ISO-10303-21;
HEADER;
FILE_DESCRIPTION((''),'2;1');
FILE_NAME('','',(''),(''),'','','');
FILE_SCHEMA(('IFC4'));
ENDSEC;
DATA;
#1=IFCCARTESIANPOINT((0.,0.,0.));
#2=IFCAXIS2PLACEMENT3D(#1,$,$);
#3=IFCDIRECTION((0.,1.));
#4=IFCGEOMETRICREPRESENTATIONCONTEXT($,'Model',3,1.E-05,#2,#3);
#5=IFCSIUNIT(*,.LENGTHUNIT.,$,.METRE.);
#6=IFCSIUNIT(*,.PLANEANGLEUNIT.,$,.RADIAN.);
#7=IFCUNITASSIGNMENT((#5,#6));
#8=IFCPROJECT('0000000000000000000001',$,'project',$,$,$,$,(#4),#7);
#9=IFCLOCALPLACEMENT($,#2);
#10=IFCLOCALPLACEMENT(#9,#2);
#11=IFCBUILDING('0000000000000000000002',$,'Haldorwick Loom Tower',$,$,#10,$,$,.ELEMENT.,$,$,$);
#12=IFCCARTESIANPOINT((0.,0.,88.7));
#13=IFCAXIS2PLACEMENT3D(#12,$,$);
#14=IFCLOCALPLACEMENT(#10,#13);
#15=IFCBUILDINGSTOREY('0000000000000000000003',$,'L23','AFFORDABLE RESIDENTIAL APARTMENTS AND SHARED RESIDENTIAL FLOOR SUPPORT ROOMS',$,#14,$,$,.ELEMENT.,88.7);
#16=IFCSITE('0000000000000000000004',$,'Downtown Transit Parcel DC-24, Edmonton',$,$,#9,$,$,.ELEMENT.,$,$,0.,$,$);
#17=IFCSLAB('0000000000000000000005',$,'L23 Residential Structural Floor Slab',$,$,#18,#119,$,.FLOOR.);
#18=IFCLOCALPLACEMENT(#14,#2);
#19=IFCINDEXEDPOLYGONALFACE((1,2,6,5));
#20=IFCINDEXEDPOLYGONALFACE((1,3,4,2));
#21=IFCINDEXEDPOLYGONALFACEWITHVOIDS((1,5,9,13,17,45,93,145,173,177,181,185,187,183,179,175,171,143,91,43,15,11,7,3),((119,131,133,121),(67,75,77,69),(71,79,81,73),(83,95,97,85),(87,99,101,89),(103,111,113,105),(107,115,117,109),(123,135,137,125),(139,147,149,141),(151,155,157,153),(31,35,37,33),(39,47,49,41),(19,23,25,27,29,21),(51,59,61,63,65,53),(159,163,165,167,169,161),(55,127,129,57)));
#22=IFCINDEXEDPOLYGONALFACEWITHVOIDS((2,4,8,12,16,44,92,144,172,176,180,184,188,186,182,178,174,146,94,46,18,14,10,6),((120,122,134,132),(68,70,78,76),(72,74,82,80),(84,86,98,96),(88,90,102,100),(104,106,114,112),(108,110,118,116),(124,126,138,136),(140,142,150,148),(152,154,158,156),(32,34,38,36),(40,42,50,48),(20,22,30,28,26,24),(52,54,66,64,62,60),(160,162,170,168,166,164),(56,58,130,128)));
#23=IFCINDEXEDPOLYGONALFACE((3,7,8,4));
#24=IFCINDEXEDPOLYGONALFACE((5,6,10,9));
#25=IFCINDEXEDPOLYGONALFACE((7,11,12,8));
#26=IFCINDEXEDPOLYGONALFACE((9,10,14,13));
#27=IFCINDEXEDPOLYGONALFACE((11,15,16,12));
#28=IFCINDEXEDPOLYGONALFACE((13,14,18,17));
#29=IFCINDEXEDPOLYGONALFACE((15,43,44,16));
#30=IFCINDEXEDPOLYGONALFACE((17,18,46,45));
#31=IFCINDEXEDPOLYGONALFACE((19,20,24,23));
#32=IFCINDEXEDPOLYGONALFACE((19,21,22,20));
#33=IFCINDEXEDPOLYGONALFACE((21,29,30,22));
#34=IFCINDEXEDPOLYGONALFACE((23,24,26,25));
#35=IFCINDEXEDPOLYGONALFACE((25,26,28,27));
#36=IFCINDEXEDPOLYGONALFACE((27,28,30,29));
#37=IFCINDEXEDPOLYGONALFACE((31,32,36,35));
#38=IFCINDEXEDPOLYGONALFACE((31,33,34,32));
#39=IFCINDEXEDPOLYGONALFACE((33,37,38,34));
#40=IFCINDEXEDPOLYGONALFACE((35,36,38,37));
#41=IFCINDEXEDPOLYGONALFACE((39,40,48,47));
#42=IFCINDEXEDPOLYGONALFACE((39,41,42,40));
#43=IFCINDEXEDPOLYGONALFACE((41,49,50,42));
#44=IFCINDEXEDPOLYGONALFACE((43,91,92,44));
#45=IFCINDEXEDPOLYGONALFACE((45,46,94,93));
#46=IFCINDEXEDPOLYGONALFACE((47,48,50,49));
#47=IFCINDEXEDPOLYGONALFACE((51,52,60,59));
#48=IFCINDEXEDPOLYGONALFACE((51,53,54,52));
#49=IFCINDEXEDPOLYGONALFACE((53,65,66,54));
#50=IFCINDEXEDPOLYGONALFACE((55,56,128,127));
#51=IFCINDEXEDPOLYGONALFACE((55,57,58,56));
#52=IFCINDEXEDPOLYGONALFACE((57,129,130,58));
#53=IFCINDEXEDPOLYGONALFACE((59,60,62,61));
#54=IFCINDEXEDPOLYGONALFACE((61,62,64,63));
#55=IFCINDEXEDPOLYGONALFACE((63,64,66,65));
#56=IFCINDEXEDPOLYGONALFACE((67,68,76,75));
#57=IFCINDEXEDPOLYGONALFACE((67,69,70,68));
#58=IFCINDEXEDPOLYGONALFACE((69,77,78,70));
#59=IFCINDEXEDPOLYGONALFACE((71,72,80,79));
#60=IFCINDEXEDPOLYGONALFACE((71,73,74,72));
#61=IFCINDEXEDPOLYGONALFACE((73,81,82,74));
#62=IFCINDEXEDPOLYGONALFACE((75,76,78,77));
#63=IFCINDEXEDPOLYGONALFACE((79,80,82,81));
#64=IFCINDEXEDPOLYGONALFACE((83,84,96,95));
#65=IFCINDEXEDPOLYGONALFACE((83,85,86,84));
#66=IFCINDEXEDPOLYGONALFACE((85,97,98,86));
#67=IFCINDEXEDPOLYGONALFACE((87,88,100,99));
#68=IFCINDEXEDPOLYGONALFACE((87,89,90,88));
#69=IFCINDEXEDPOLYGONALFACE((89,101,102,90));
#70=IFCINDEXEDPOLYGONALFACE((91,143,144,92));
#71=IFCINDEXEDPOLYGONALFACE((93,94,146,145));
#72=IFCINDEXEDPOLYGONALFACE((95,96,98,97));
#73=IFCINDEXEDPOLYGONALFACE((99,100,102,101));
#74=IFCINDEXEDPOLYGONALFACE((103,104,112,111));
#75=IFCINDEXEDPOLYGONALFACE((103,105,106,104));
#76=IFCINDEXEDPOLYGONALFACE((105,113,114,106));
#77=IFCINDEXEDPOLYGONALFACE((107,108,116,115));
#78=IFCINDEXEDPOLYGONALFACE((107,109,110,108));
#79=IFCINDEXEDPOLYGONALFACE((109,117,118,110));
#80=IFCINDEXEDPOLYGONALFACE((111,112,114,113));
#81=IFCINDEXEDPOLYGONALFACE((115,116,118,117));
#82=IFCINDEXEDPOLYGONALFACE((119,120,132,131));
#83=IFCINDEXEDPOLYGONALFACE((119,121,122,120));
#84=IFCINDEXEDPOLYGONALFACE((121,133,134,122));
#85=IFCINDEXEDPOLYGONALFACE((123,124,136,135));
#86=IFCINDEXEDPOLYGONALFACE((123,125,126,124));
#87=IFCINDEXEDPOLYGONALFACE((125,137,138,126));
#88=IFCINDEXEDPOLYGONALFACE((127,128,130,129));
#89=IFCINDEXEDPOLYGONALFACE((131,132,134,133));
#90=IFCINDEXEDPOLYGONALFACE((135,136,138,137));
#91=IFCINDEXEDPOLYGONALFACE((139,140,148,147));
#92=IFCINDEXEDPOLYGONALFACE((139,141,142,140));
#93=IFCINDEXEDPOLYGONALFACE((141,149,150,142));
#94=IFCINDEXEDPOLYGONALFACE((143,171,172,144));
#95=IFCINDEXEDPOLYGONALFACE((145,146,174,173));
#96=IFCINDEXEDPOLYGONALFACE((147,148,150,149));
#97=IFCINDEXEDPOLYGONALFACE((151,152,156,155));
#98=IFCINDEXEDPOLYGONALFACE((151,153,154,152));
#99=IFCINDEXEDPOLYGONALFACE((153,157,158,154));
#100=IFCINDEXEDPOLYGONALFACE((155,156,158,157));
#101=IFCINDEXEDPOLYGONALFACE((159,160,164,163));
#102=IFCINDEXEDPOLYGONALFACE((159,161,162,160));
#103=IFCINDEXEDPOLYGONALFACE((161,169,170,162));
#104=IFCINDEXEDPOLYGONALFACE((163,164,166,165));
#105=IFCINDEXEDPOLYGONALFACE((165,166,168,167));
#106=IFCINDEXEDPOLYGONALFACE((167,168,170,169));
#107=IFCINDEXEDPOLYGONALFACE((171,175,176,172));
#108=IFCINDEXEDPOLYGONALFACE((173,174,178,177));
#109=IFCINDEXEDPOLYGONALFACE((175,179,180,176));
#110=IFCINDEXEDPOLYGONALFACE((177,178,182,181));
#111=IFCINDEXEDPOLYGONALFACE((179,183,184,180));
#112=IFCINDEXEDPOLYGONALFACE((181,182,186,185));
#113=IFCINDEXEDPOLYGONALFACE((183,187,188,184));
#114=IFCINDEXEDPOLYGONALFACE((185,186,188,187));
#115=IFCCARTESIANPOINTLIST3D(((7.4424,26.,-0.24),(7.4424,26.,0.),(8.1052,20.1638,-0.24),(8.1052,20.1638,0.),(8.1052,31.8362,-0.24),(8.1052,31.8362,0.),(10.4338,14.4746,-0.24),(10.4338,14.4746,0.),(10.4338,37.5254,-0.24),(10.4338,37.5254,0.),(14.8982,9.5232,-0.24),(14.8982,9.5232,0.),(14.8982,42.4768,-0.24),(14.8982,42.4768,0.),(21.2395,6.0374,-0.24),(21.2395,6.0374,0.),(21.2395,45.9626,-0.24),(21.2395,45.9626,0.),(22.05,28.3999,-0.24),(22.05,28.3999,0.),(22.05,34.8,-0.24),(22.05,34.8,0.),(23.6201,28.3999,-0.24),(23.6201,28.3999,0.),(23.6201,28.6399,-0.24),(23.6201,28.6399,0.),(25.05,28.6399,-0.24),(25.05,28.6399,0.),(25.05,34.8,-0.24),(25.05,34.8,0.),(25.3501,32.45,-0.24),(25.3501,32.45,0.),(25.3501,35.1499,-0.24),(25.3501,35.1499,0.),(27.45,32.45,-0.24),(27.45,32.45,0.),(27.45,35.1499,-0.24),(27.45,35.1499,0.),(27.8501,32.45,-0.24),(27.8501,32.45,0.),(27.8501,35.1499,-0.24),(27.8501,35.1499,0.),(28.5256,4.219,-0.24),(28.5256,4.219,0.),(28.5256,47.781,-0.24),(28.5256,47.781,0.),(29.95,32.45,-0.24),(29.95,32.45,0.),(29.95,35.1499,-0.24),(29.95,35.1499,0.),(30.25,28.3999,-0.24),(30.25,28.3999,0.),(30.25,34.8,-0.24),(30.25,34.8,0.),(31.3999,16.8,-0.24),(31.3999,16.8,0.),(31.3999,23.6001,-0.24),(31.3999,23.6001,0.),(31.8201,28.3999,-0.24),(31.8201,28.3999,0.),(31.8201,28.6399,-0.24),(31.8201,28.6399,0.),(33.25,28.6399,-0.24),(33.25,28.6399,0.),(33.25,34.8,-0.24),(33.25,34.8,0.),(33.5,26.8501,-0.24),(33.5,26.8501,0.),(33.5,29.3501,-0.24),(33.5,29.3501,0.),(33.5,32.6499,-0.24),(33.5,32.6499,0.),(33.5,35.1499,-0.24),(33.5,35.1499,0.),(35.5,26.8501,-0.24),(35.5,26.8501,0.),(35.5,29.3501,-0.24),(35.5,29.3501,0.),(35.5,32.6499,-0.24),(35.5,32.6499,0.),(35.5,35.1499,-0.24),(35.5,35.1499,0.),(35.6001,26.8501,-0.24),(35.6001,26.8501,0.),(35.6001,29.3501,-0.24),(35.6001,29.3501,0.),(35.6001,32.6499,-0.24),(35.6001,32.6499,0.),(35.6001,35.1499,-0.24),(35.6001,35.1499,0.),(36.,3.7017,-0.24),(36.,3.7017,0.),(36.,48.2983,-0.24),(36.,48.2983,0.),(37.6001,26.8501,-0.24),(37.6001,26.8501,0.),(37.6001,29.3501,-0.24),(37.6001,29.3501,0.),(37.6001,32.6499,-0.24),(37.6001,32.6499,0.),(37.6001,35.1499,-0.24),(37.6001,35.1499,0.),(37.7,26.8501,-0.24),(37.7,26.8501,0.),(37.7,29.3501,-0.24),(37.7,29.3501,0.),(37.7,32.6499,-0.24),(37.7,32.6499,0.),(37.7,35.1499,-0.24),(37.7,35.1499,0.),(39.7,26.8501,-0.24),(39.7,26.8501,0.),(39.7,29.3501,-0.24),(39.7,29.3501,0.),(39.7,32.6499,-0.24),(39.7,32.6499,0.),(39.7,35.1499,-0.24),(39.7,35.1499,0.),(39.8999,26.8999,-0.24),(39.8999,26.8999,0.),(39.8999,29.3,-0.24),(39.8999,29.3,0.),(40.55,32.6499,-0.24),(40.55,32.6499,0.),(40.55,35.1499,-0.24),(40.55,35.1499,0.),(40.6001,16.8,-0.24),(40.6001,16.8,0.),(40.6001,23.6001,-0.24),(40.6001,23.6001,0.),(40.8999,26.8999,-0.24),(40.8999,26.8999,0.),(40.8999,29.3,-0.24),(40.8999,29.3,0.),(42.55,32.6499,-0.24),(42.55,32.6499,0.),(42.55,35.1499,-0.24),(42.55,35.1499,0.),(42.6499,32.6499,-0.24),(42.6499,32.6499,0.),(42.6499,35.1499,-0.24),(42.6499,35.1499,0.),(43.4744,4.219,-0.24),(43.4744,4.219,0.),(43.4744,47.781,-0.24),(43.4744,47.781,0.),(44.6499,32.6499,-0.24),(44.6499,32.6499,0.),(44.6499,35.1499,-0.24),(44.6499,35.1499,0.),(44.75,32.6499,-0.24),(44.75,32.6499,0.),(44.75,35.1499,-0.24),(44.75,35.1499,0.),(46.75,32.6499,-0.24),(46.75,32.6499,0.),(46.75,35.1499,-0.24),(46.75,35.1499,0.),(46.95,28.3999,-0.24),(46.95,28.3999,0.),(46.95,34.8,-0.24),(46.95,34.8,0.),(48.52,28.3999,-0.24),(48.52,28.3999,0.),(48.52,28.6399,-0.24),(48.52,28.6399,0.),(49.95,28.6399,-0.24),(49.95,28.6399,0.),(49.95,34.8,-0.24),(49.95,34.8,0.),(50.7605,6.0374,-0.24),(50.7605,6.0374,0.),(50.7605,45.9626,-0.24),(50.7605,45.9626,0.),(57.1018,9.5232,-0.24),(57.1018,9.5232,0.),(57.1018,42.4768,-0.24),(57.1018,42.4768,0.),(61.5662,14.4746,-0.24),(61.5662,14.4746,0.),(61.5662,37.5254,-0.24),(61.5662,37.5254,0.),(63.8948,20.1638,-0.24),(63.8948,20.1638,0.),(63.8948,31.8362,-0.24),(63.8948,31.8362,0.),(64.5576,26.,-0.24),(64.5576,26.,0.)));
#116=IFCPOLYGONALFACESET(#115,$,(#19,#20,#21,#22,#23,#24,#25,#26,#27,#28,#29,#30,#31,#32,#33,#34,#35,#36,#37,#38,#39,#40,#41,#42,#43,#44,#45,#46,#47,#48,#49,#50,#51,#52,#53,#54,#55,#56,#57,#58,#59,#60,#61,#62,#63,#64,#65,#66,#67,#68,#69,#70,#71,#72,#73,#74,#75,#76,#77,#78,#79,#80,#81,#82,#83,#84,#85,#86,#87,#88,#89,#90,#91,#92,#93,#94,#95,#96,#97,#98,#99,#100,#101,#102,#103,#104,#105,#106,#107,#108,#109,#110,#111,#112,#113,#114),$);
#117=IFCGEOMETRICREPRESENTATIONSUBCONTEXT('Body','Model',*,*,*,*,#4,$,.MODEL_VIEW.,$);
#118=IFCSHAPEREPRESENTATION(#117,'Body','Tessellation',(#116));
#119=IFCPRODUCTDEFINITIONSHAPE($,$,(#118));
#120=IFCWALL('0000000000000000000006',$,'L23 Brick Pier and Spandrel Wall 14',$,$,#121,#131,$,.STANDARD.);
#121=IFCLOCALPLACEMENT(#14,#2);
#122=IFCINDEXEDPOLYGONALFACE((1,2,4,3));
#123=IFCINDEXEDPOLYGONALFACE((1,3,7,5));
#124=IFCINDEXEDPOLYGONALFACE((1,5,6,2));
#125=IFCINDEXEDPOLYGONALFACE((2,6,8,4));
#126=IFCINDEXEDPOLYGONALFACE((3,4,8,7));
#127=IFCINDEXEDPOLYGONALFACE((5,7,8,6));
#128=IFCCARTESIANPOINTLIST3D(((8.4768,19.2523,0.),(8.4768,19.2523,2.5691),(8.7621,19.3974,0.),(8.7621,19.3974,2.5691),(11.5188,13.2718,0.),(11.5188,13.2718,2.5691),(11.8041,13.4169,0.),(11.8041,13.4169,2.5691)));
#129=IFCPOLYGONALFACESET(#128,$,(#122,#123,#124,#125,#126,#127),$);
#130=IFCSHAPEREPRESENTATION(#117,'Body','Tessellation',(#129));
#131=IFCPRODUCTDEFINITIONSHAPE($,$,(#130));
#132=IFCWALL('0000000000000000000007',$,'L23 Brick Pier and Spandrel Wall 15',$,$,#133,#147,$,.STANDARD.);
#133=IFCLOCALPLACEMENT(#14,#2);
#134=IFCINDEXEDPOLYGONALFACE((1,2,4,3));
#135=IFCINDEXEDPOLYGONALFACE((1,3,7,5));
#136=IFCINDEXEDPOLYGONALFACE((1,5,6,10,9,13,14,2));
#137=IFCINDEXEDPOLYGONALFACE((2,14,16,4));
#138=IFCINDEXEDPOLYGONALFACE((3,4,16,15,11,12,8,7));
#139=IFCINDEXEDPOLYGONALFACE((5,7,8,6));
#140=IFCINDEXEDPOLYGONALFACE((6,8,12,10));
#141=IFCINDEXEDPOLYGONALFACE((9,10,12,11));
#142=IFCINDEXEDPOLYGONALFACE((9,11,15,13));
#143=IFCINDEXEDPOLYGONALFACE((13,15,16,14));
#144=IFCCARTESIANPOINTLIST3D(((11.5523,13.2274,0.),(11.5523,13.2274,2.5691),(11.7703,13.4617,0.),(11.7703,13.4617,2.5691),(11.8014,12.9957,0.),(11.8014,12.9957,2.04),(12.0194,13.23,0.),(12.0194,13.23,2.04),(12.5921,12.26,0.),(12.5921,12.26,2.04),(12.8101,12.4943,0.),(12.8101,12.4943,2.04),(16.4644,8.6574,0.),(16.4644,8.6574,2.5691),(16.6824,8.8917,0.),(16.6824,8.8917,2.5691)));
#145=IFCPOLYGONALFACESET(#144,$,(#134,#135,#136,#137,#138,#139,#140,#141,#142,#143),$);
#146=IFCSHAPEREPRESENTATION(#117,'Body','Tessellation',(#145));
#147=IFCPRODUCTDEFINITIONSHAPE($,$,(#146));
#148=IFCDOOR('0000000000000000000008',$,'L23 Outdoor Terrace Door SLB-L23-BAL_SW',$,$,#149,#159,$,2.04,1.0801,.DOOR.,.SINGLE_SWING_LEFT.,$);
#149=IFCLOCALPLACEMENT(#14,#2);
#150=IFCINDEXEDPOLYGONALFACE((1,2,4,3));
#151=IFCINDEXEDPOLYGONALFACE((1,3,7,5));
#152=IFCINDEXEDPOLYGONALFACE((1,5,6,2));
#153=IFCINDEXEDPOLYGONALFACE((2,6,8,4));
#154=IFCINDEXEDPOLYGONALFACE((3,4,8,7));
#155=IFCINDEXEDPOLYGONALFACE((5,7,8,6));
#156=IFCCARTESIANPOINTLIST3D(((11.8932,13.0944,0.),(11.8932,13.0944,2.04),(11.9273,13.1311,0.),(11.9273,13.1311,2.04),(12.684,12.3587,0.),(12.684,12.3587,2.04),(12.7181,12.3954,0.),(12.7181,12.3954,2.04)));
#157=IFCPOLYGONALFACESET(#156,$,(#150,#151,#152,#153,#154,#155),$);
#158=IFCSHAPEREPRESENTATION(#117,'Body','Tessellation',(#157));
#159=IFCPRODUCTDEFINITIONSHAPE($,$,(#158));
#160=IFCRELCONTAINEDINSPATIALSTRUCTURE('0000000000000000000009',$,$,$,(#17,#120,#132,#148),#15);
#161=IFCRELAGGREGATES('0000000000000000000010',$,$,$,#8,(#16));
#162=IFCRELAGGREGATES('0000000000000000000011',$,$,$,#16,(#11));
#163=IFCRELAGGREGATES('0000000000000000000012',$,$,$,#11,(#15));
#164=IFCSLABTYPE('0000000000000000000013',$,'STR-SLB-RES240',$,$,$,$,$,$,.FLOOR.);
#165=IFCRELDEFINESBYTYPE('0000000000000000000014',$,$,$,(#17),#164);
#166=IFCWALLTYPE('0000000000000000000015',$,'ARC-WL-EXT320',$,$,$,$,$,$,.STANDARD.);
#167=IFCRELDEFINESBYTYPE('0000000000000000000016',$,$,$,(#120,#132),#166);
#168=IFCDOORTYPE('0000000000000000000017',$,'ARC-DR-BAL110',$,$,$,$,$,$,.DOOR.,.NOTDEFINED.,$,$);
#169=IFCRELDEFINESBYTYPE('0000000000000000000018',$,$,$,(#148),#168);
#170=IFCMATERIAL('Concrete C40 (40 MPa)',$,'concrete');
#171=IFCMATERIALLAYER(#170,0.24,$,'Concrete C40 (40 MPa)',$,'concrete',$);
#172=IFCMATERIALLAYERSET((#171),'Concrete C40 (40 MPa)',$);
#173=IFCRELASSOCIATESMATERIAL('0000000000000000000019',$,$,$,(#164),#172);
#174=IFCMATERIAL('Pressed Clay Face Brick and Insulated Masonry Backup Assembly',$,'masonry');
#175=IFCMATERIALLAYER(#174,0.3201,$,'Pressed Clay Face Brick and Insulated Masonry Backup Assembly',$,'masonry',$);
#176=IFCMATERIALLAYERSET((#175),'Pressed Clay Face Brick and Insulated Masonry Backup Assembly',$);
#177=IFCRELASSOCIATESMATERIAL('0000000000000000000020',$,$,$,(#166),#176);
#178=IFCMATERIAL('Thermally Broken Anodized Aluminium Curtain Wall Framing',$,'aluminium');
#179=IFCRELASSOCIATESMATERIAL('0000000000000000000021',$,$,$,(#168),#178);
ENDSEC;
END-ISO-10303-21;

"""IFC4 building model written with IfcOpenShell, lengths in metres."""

from ifc_helpers import new_model, si_unit, direction, frame, frame_2d, origin, place, context, subcontext, project, spatial, polyline, rectangle, outline, extrude, material, layer, layer_set, type_object, element, fill, save


model = new_model("IFC4")

# Units and contexts
model_context = context("Model", 3, precision=1e-05, world=origin(), true_north=direction((0.0, 1.0)))
body_context = subcontext(model_context, "Body", "Model", "MODEL_VIEW")
ifc_project = project(units=[si_unit("LENGTHUNIT", "METRE"), si_unit("PLANEANGLEUNIT", "RADIAN")], contexts=[model_context])

# Site, building, storey
site_placement = place(None, origin())
site = spatial("IfcSite", under=ifc_project, at=site_placement, Name="Downtown Transit Parcel DC-24, Edmonton", CompositionType="ELEMENT", RefElevation=0.0)
building_placement = place(site_placement, origin())
building = spatial("IfcBuilding", under=site, at=building_placement, Name="Haldorwick Loom Tower", CompositionType="ELEMENT")
storey_placement = place(building_placement, frame((0.0, 0.0, 88.7)))
storey = spatial("IfcBuildingStorey", under=building, at=storey_placement, Name="L23", Description="AFFORDABLE RESIDENTIAL APARTMENTS AND SHARED RESIDENTIAL FLOOR SUPPORT ROOMS", CompositionType="ELEMENT", Elevation=88.7)

# Shared definitions
ifc_material_1 = material(Name="Concrete C40 (40 MPa)", Category="concrete")

# Slab
ifc_layer_1 = layer(ifc_material_1, 0.24, Name="Concrete C40 (40 MPa)", Category="concrete")
ifc_layer_set_1 = layer_set([ifc_layer_1], Name="Concrete C40 (40 MPa)")
slab_type_1 = type_object("IfcSlabType", Name="STR-SLB-RES240", PredefinedType="FLOOR", material=ifc_layer_set_1)
slab_1_placement = place(storey_placement, frame((0.0, 0.0, -0.24)))
element("IfcSlab", 1, at=slab_1_placement, inside=storey, type_object=slab_type_1, Name="L23 Residential Structural Floor Slab", PredefinedType="FLOOR", context=body_context, shape_type="SweptSolid", body=[
    extrude(outline(polyline([(57.1018, 9.5232), (61.5662, 14.4746), (63.8948, 20.1638), (64.5576, 26.0), (63.8948, 31.8362), (61.5662, 37.5254), (57.1018, 42.4768), (50.7605, 45.9626), (43.4744, 47.781), (36.0, 48.2983), (28.5256, 47.781), (21.2395, 45.9626), (14.8982, 42.4768), (10.4338, 37.5254), (8.1052, 31.8362), (7.4424, 26.0), (8.1052, 20.1638), (10.4338, 14.4746), (14.8982, 9.5232), (21.2395, 6.0374), (28.5256, 4.219), (36.0, 3.7017), (43.4744, 4.219), (50.7605, 6.0374), (57.1018, 9.5232)]), holes=[polyline([(31.3999, 23.6001), (40.6001, 23.6001), (40.6001, 16.8), (31.3999, 16.8), (31.3999, 23.6001)]), polyline([(33.5, 26.8501), (33.5, 29.3501), (35.5, 29.3501), (35.5, 26.8501), (33.5, 26.8501)]), polyline([(22.05, 28.3999), (22.05, 34.8), (25.05, 34.8), (25.05, 28.6399), (23.6201, 28.6399), (23.6201, 28.3999), (22.05, 28.3999)]), polyline([(30.25, 28.3999), (30.25, 34.8), (33.25, 34.8), (33.25, 28.6399), (31.8201, 28.6399), (31.8201, 28.3999), (30.25, 28.3999)]), polyline([(25.3501, 32.45), (25.3501, 35.1499), (27.45, 35.1499), (27.45, 32.45), (25.3501, 32.45)]), polyline([(27.8501, 32.45), (27.8501, 35.1499), (29.95, 35.1499), (29.95, 32.45), (27.8501, 32.45)]), polyline([(33.5, 32.6499), (33.5, 35.1499), (35.5, 35.1499), (35.5, 32.6499), (33.5, 32.6499)]), polyline([(35.6001, 32.6499), (35.6001, 35.1499), (37.6001, 35.1499), (37.6001, 32.6499), (35.6001, 32.6499)]), polyline([(35.6001, 26.8501), (35.6001, 29.3501), (37.6001, 29.3501), (37.6001, 26.8501), (35.6001, 26.8501)]), polyline([(37.7, 26.8501), (37.7, 29.3501), (39.7, 29.3501), (39.7, 26.8501), (37.7, 26.8501)]), polyline([(39.8999, 26.8999), (39.8999, 29.3), (40.8999, 29.3), (40.8999, 26.8999), (39.8999, 26.8999)]), polyline([(46.95, 28.3999), (46.95, 34.8), (49.95, 34.8), (49.95, 28.6399), (48.52, 28.6399), (48.52, 28.3999), (46.95, 28.3999)]), polyline([(37.7, 32.6499), (37.7, 35.1499), (39.7, 35.1499), (39.7, 32.6499), (37.7, 32.6499)]), polyline([(40.55, 32.6499), (40.55, 35.1499), (42.55, 35.1499), (42.55, 32.6499), (40.55, 32.6499)]), polyline([(42.6499, 32.6499), (42.6499, 35.1499), (44.6499, 35.1499), (44.6499, 32.6499), (42.6499, 32.6499)]), polyline([(44.75, 32.6499), (44.75, 35.1499), (46.75, 35.1499), (46.75, 32.6499), (44.75, 32.6499)])]), origin(), (0.0, 0.0, 1.0), 0.24),
])

# Wall
ifc_material_2 = material(Name="Pressed Clay Face Brick and Insulated Masonry Backup Assembly", Category="masonry")
ifc_layer_2 = layer(ifc_material_2, 0.3201, Name="Pressed Clay Face Brick and Insulated Masonry Backup Assembly", Category="masonry")
ifc_layer_set_2 = layer_set([ifc_layer_2], Name="Pressed Clay Face Brick and Insulated Masonry Backup Assembly")
wall_type_1 = type_object("IfcWallType", Name="ARC-WL-EXT320", PredefinedType="STANDARD", material=ifc_layer_set_2)
wall_1_placement = place(storey_placement, frame((8.6194, 19.325, 0.0), z_axis=(0.0, 0.0, 1.0), x_axis=(0.453374, -0.89132, 0.0)))
element("IfcWall", 2, at=wall_1_placement, inside=storey, type_object=wall_type_1, Name="L23 Brick Pier and Spandrel Wall 14", PredefinedType="STANDARD", context=body_context, shape_type="SweptSolid", body=[
    extrude(rectangle(XDim=6.7097, YDim=0.3201, at=frame_2d((3.355, 0.0))), origin(), (0.0, 0.0, 1.0), 2.5691),
])

# Wall, opening, door
wall_2_placement = place(storey_placement, frame((11.6614, 13.3445, 0.0), z_axis=(0.0, 0.0, 1.0), x_axis=(0.732137, -0.681157, 0.0)))
wall_2 = element("IfcWall", 3, at=wall_2_placement, inside=storey, type_object=wall_type_1, Name="L23 Brick Pier and Spandrel Wall 15", PredefinedType="STANDARD", context=body_context, shape_type="SweptSolid", body=[
    extrude(rectangle(XDim=6.7092, YDim=0.3201, at=frame_2d((3.3545, 0.0))), origin(), (0.0, 0.0, 1.0), 2.5691),
])
opening_1_placement = place(wall_2_placement, frame((0.3401, 0.0, 0.0)))
opening_1 = element("IfcOpeningElement", 4, at=opening_1_placement, cuts=wall_2, PredefinedType="OPENING", context=body_context, shape_type="SweptSolid", body=[
    extrude(rectangle(XDim=1.0801, YDim=2.04, at=frame_2d((0.54, 1.02))), frame((0.0, 0.1699, 0.0), z_axis=(0.0, -1.0, 0.0), x_axis=(1.0, 0.0, 0.0)), (0.0, 0.0, 1.0), 0.3401),
])
ifc_material_3 = material(Name="Thermally Broken Anodized Aluminium Curtain Wall Framing", Category="aluminium")
door_type = type_object("IfcDoorType", Name="ARC-DR-BAL110", OperationType="NOTDEFINED", PredefinedType="DOOR", material=ifc_material_3)
door_placement = place(opening_1_placement, origin())
door = element("IfcDoor", 5, at=door_placement, inside=storey, type_object=door_type, Name="L23 Outdoor Terrace Door SLB-L23-BAL_SW", OperationType="SINGLE_SWING_LEFT", OverallHeight=2.04, OverallWidth=1.0801, PredefinedType="DOOR", context=body_context, shape_type="SweptSolid", body=[
    extrude(rectangle(XDim=1.0801, YDim=2.04, at=frame_2d((0.54, 1.02))), frame((0.0, 0.0249, 0.0), z_axis=(0.0, -1.0, 0.0), x_axis=(1.0, 0.0, 0.0)), (0.0, 0.0, 1.0), 0.05),
])
fill(opening_1, door)

save(model, "model.ifc")
